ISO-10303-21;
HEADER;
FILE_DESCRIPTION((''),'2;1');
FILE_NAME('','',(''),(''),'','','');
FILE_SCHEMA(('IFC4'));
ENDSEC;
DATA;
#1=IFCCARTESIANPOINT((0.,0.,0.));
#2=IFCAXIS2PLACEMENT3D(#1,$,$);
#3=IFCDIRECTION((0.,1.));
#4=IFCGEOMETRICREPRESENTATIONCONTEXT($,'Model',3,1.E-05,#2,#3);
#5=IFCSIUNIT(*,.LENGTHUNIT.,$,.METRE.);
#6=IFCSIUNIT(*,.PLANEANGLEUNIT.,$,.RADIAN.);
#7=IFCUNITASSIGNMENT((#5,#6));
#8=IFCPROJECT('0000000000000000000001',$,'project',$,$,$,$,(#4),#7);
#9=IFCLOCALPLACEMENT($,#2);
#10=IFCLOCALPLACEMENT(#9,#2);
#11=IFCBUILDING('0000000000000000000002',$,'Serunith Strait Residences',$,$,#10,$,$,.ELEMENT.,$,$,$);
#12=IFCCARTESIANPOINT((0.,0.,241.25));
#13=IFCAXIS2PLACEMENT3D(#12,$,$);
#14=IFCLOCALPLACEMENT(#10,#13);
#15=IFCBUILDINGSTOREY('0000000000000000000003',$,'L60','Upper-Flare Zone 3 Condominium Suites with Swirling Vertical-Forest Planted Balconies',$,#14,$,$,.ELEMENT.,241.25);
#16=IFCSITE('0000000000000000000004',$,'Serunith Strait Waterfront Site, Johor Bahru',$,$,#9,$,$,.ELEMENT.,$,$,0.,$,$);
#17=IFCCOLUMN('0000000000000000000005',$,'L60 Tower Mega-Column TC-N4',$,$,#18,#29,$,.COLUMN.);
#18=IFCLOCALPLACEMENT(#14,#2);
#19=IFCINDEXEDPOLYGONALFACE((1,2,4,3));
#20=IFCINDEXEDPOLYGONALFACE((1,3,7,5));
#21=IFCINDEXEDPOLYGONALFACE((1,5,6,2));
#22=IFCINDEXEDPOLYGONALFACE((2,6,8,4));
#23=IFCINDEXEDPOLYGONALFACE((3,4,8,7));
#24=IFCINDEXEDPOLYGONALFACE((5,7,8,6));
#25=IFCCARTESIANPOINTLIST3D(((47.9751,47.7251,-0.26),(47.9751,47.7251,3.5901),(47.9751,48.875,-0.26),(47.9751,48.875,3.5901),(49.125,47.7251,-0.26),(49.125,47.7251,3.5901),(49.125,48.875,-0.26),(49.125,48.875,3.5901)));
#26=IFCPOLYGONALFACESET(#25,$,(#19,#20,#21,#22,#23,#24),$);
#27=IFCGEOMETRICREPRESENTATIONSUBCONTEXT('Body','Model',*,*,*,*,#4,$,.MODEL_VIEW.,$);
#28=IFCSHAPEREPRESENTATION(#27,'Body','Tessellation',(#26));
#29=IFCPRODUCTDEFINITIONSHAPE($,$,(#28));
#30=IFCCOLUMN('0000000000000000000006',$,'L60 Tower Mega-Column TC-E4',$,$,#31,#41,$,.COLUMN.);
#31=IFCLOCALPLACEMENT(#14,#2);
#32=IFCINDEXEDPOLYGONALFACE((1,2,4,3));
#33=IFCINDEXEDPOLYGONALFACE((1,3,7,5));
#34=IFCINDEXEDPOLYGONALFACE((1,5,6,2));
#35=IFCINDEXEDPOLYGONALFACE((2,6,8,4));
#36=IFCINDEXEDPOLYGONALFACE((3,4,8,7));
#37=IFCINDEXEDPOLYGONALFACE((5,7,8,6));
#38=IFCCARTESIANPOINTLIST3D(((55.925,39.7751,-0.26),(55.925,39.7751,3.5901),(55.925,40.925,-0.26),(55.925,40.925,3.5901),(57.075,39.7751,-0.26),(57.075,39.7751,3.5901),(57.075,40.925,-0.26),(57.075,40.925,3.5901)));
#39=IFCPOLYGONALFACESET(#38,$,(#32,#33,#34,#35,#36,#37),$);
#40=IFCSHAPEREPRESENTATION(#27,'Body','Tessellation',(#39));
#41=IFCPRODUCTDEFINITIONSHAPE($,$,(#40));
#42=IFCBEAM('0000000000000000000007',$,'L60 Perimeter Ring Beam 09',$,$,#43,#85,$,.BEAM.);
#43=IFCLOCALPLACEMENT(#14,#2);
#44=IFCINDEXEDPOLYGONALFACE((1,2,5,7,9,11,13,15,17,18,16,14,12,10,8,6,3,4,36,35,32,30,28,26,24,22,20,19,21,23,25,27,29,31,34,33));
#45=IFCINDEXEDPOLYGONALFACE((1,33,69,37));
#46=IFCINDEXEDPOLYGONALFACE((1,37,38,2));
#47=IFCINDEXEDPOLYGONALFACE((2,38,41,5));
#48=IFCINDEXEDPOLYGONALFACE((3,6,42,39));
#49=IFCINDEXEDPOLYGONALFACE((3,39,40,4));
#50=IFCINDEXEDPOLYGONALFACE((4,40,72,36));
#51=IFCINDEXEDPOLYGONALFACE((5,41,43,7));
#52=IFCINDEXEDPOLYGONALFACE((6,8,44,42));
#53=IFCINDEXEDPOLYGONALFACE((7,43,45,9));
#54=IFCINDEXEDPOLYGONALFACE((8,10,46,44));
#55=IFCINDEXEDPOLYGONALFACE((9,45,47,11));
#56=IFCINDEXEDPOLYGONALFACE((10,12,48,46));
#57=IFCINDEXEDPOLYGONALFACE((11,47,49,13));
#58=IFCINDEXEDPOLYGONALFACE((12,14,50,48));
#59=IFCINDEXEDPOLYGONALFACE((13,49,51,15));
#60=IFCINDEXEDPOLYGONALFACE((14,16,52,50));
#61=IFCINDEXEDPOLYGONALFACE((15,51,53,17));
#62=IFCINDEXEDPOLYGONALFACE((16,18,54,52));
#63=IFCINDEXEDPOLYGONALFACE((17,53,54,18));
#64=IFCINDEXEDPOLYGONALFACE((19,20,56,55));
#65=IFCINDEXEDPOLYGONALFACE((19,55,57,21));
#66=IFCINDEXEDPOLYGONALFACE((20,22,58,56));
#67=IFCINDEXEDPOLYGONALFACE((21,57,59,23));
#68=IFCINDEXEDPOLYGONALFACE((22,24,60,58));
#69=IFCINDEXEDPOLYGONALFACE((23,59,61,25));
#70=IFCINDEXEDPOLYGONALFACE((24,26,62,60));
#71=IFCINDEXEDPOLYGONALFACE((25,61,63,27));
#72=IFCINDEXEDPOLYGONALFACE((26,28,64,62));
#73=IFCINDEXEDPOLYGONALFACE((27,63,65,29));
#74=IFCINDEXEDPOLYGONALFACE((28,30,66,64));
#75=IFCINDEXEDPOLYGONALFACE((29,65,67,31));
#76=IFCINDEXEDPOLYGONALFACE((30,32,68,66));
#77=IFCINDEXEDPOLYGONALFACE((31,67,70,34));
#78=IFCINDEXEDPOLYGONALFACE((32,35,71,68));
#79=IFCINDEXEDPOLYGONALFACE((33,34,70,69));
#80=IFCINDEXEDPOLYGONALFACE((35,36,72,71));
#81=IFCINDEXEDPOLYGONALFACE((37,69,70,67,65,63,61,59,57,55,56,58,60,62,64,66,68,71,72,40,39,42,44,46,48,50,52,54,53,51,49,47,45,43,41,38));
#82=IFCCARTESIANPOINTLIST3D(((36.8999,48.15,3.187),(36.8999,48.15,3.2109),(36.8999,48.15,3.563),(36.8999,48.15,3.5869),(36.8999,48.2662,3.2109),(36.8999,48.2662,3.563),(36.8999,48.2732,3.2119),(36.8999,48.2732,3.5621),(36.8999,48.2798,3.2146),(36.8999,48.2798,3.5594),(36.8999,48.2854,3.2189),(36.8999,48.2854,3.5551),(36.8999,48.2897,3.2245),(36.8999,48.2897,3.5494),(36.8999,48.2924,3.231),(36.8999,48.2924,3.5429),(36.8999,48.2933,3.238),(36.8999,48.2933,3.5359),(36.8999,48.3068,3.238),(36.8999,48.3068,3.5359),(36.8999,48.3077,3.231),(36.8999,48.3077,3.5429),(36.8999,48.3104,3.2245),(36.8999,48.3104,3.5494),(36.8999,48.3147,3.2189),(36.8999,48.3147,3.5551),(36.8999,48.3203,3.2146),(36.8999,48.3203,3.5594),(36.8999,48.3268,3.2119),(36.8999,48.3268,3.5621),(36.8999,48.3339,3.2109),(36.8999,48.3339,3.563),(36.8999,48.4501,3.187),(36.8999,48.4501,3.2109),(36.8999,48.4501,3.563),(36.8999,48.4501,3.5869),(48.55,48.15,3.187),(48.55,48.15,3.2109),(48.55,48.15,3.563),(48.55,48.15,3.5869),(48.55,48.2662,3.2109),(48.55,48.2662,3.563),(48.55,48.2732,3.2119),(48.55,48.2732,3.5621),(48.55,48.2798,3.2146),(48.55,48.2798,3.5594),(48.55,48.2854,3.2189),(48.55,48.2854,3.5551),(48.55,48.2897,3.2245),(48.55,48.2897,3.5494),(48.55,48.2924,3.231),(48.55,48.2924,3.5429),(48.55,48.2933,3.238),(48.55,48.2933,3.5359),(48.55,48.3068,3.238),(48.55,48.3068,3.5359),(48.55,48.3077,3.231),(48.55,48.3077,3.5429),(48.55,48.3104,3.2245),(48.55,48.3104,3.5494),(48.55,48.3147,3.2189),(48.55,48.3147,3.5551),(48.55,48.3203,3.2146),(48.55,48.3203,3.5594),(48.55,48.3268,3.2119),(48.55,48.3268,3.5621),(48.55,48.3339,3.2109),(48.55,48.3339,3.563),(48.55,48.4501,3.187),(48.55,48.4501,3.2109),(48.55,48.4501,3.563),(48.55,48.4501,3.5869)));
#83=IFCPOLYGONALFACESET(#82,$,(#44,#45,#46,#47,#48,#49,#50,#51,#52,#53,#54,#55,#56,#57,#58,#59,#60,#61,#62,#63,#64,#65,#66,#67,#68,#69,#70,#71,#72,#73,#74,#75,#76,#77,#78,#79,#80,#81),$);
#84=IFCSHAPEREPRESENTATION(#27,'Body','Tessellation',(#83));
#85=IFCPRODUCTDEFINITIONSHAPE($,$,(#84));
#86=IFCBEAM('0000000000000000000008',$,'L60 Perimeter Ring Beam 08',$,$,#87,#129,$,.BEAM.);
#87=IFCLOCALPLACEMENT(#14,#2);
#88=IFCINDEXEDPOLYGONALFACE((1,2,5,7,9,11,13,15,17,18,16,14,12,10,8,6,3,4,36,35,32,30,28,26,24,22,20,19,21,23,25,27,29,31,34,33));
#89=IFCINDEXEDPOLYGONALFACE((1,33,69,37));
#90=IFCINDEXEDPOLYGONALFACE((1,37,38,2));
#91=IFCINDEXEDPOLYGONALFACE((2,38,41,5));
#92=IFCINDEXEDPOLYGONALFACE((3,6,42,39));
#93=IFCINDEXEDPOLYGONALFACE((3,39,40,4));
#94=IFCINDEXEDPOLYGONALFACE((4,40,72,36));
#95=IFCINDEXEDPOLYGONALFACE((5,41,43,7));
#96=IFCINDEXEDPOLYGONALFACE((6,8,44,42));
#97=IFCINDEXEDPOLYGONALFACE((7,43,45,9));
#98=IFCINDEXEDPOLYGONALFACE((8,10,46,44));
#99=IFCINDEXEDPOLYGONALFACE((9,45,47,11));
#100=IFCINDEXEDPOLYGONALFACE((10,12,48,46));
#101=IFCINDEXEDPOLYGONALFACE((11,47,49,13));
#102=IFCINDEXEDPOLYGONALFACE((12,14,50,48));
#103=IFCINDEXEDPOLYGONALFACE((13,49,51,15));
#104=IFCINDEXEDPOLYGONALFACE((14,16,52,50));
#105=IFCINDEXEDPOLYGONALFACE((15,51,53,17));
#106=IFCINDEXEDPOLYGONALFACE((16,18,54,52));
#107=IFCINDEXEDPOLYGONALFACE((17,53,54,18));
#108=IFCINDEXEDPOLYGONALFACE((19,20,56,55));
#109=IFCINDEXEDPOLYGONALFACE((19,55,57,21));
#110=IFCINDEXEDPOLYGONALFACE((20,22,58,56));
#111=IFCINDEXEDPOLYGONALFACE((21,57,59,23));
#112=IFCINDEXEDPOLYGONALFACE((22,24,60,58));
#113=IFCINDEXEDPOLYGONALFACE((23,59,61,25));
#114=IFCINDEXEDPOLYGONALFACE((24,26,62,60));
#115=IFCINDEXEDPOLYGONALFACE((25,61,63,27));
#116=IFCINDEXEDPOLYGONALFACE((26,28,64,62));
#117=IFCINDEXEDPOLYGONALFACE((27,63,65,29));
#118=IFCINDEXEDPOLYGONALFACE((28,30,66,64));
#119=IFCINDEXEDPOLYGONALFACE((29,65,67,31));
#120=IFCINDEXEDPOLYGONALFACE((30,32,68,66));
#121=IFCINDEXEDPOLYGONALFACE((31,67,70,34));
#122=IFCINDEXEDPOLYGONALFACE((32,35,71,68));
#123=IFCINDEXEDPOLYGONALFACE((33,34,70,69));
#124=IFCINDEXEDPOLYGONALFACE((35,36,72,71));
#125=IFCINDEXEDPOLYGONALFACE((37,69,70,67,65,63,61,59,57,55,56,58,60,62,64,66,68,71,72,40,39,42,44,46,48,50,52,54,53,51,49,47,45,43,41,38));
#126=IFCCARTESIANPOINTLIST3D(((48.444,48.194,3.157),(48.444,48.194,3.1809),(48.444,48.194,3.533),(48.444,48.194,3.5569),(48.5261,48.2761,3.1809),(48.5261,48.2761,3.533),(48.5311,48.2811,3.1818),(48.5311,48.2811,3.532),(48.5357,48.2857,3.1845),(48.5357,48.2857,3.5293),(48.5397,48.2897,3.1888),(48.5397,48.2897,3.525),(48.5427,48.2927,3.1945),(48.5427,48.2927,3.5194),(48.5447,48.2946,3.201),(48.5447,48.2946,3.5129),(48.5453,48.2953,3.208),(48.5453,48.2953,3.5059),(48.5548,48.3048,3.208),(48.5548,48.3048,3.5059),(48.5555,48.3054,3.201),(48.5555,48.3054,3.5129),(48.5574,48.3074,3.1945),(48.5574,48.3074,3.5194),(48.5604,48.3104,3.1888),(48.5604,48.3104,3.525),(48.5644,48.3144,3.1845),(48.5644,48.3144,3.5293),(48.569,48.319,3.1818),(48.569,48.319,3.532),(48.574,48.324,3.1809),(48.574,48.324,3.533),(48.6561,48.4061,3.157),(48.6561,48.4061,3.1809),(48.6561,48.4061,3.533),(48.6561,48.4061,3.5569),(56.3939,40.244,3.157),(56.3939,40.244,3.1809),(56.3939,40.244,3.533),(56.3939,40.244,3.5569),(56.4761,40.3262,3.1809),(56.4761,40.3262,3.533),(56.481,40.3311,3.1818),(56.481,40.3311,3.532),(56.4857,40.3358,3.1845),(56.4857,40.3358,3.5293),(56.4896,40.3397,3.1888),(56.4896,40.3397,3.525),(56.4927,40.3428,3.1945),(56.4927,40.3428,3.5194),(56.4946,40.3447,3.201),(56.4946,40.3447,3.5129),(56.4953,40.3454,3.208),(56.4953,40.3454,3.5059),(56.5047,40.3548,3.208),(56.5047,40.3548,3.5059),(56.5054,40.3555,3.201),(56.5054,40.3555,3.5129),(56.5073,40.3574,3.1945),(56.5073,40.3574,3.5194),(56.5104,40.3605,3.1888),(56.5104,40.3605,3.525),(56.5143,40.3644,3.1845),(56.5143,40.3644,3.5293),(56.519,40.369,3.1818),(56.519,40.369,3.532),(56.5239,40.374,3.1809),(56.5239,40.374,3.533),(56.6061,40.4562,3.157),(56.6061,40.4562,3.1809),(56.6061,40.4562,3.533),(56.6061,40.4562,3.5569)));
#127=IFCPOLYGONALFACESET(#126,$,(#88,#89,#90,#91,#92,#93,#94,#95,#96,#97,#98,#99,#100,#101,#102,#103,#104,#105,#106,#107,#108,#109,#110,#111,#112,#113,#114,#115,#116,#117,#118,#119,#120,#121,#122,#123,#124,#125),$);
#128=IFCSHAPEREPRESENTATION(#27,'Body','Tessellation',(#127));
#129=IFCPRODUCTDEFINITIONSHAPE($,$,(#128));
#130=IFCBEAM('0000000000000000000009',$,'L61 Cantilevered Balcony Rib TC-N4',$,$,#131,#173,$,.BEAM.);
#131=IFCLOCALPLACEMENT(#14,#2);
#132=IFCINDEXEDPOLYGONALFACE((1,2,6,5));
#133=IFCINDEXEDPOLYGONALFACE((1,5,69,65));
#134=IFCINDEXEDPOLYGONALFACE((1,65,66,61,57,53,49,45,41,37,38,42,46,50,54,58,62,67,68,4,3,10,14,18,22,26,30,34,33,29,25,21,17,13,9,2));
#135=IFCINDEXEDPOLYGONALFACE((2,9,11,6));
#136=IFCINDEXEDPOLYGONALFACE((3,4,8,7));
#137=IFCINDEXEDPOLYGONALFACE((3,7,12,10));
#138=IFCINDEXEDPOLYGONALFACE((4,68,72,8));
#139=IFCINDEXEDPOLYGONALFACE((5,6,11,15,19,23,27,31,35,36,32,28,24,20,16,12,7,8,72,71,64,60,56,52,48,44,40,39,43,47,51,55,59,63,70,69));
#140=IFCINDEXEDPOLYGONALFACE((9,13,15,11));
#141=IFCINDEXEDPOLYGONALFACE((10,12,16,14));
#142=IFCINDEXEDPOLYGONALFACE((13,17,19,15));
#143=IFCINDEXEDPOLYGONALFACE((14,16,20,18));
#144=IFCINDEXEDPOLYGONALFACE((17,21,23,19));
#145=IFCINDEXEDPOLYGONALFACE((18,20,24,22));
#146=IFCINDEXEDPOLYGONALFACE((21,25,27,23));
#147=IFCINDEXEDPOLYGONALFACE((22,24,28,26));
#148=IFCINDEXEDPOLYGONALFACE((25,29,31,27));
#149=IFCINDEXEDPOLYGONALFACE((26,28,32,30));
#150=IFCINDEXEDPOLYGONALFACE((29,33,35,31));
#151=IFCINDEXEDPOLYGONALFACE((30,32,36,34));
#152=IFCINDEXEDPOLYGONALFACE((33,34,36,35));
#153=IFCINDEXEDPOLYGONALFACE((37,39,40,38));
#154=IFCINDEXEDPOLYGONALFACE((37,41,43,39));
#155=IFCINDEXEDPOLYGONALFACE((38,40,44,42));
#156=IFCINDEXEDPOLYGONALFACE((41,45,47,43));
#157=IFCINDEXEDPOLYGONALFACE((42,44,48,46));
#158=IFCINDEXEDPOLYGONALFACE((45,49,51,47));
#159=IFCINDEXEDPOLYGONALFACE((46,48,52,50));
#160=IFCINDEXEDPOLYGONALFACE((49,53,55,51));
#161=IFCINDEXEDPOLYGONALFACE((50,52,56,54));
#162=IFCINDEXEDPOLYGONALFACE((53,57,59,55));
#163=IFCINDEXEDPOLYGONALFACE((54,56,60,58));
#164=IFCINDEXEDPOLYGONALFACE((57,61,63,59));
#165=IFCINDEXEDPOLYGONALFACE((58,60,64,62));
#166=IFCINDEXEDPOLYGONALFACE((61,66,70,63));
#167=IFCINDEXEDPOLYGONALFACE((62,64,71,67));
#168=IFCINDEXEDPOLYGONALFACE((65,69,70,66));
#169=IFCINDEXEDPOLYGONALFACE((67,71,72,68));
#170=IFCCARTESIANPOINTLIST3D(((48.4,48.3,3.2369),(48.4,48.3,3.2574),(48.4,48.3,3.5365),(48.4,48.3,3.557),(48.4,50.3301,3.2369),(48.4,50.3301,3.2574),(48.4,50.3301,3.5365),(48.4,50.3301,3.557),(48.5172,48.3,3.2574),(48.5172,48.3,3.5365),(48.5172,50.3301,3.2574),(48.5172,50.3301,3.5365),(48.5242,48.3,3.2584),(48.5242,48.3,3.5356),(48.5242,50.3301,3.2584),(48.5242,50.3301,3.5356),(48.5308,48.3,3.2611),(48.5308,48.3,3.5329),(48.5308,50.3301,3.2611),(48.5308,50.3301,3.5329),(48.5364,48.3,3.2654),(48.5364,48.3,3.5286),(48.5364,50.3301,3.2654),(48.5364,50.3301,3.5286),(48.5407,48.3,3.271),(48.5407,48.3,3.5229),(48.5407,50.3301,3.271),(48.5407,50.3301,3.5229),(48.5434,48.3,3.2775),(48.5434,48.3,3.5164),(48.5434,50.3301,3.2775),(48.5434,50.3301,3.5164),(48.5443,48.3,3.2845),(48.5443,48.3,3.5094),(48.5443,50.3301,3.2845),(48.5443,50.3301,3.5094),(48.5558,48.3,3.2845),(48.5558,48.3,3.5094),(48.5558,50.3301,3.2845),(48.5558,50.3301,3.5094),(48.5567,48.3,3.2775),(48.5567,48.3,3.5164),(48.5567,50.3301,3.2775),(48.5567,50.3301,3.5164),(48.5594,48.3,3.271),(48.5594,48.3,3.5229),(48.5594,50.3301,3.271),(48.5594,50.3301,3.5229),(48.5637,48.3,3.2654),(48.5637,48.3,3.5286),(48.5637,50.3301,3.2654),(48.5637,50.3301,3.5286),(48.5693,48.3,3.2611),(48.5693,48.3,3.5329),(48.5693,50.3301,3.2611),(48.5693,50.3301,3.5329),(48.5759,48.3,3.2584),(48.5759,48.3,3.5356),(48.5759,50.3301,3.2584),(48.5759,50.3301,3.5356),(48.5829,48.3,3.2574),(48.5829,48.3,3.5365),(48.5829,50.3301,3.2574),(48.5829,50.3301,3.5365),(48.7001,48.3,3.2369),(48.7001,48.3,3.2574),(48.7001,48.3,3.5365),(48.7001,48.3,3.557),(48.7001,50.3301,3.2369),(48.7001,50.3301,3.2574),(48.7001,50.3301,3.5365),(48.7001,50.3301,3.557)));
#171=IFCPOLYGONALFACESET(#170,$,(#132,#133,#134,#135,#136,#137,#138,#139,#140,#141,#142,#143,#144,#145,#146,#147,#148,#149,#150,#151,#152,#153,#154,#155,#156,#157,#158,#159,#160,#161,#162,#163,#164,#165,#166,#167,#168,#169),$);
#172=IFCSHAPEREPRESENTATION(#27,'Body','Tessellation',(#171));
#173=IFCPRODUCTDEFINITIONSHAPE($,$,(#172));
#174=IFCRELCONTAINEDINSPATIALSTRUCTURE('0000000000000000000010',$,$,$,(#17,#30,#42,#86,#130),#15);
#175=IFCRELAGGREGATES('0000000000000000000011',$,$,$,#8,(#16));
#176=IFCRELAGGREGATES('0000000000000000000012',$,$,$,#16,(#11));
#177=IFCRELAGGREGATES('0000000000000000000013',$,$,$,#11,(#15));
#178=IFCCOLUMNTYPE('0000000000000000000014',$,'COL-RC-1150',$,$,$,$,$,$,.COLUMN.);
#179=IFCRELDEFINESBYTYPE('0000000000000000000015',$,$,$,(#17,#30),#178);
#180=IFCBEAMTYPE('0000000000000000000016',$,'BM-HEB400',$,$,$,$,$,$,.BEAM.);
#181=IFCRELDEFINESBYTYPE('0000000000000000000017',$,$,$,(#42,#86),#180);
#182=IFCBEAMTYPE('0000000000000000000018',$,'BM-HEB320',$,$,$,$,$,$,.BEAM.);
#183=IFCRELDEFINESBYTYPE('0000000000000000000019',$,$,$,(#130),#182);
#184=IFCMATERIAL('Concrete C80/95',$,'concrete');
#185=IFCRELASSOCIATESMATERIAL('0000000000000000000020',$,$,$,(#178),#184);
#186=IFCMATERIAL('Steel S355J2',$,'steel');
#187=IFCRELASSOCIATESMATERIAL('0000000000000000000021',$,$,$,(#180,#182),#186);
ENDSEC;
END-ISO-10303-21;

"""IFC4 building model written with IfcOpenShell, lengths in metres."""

from ifc_helpers import new_model, si_unit, direction, frame, origin, origin_2d, place, context, subcontext, project, spatial, rectangle, i_section, extrude, source, transform, mapped, material, material_profile, profile_set, type_object, element, save


model = new_model("IFC4")

# Units and contexts
model_context = context("Model", 3, precision=1e-05, world=origin(), true_north=direction((0.0, 1.0)))
body_context = subcontext(model_context, "Body", "Model", "MODEL_VIEW")
ifc_project = project(units=[si_unit("LENGTHUNIT", "METRE"), si_unit("PLANEANGLEUNIT", "RADIAN")], contexts=[model_context])

# Site, building, storey
site_placement = place(None, origin())
site = spatial("IfcSite", under=ifc_project, at=site_placement, Name="Serunith Strait Waterfront Site, Johor Bahru", CompositionType="ELEMENT", RefElevation=0.0)
building_placement = place(site_placement, origin())
building = spatial("IfcBuilding", under=site, at=building_placement, Name="Serunith Strait Residences", CompositionType="ELEMENT")
storey_placement = place(building_placement, frame((0.0, 0.0, 241.25)))
storey = spatial("IfcBuildingStorey", under=building, at=storey_placement, Name="L60", Description="Upper-Flare Zone 3 Condominium Suites with Swirling Vertical-Forest Planted Balconies", CompositionType="ELEMENT", Elevation=241.25)

# Columns
ifc_material_1 = material(Name="Concrete C80/95", Category="concrete")
ifc_material_profile_1 = material_profile(ifc_material_1, rectangle(XDim=1.1499, YDim=1.1499, at=origin_2d()), Name="RC 1150x1150")
ifc_profile_set_1 = profile_set([ifc_material_profile_1], Name="Concrete C80/95")
column_type = type_object("IfcColumnType", Name="COL-RC-1150", PredefinedType="COLUMN", material=ifc_profile_set_1)
shared_shape_1 = source(origin(), body_context, "Body", "SweptSolid", [
    extrude(rectangle(XDim=1.1499, YDim=1.1499, at=origin_2d()), origin(), (0.0, 0.0, 1.0), 3.8501),
])
for number, where, z_axis, x_axis, name in (
    (1, (48.55, 48.3, -0.26), (0.0, 0.0, 1.0), (1.0, 0.0, 0.0), "L60 Tower Mega-Column TC-N4"),
    (2, (56.5, 40.3501, -0.26), (0.0, 0.0, 1.0), (1.0, 0.0, 0.0), "L60 Tower Mega-Column TC-E4"),
):
    element("IfcColumn", number, at=place(storey_placement, frame(where, z_axis=z_axis, x_axis=x_axis)), inside=storey, type_object=column_type, Name=name, PredefinedType="COLUMN", context=body_context, shape_type="MappedRepresentation", body=[
        mapped(shared_shape_1, transform((0.0, 0.0, 0.0), scale=1.0)),
    ])

# Beams
ifc_material_2 = material(Name="Steel S355J2", Category="steel")
ifc_material_profile_2 = material_profile(ifc_material_2, i_section(OverallWidth=0.3, OverallDepth=0.3999, WebThickness=0.0134, FlangeThickness=0.0239, FilletRadius=0.0271, at=origin_2d()), Name="HEB 400")
ifc_profile_set_2 = profile_set([ifc_material_profile_2], Name="Steel S355J2")
beam_type_1 = type_object("IfcBeamType", Name="BM-HEB400", PredefinedType="BEAM", material=ifc_profile_set_2)
shared_shape_2 = source(origin(), body_context, "Body", "SweptSolid", [
    extrude(i_section(OverallWidth=0.3, OverallDepth=0.3999, WebThickness=0.0134, FlangeThickness=0.0239, FilletRadius=0.0271, at=origin_2d()), origin(), (0.0, 0.0, 1.0), 11.6501),
])
beam_1_placement = place(storey_placement, frame((48.55, 48.3, 3.387), z_axis=(-1.0, 0.0, 0.0), x_axis=(0.0, -1.0, 0.0)))
element("IfcBeam", 3, at=beam_1_placement, inside=storey, type_object=beam_type_1, Name="L60 Perimeter Ring Beam 09", PredefinedType="BEAM", context=body_context, shape_type="MappedRepresentation", body=[
    mapped(shared_shape_2, transform((0.0, 0.0, 0.0), scale=1.0)),
])
shared_shape_3 = source(origin(), body_context, "Body", "SweptSolid", [
    extrude(i_section(OverallWidth=0.3, OverallDepth=0.3999, WebThickness=0.0134, FlangeThickness=0.0239, FilletRadius=0.0271, at=origin_2d()), origin(), (0.0, 0.0, 1.0), 11.2429),
])
beam_2_placement = place(storey_placement, frame((56.5, 40.3501, 3.3569), z_axis=(-0.707107, 0.707107, 0.0), x_axis=(-0.707107, -0.707107, 0.0)))
element("IfcBeam", 4, at=beam_2_placement, inside=storey, type_object=beam_type_1, Name="L60 Perimeter Ring Beam 08", PredefinedType="BEAM", context=body_context, shape_type="MappedRepresentation", body=[
    mapped(shared_shape_3, transform((0.0, 0.0, 0.0), scale=1.0)),
])
ifc_material_profile_3 = material_profile(ifc_material_2, i_section(OverallWidth=0.3, OverallDepth=0.3201, WebThickness=0.0115, FlangeThickness=0.0205, FilletRadius=0.0271, at=origin_2d()), Name="HEB 320")
ifc_profile_set_3 = profile_set([ifc_material_profile_3], Name="Steel S355J2")
beam_type_2 = type_object("IfcBeamType", Name="BM-HEB320", PredefinedType="BEAM", material=ifc_profile_set_3)
shared_shape_4 = source(origin(), body_context, "Body", "SweptSolid", [
    extrude(i_section(OverallWidth=0.3, OverallDepth=0.3201, WebThickness=0.0115, FlangeThickness=0.0205, FilletRadius=0.0271, at=origin_2d()), origin(), (0.0, 0.0, 1.0), 2.03),
])
beam_3_placement = place(storey_placement, frame((48.55, 48.3, 3.397), z_axis=(0.0, 1.0, 0.0), x_axis=(-1.0, 0.0, 0.0)))
element("IfcBeam", 5, at=beam_3_placement, inside=storey, type_object=beam_type_2, Name="L61 Cantilevered Balcony Rib TC-N4", PredefinedType="BEAM", context=body_context, shape_type="MappedRepresentation", body=[
    mapped(shared_shape_4, transform((0.0, 0.0, 0.0), scale=1.0)),
])

save(model, "model.ifc")
